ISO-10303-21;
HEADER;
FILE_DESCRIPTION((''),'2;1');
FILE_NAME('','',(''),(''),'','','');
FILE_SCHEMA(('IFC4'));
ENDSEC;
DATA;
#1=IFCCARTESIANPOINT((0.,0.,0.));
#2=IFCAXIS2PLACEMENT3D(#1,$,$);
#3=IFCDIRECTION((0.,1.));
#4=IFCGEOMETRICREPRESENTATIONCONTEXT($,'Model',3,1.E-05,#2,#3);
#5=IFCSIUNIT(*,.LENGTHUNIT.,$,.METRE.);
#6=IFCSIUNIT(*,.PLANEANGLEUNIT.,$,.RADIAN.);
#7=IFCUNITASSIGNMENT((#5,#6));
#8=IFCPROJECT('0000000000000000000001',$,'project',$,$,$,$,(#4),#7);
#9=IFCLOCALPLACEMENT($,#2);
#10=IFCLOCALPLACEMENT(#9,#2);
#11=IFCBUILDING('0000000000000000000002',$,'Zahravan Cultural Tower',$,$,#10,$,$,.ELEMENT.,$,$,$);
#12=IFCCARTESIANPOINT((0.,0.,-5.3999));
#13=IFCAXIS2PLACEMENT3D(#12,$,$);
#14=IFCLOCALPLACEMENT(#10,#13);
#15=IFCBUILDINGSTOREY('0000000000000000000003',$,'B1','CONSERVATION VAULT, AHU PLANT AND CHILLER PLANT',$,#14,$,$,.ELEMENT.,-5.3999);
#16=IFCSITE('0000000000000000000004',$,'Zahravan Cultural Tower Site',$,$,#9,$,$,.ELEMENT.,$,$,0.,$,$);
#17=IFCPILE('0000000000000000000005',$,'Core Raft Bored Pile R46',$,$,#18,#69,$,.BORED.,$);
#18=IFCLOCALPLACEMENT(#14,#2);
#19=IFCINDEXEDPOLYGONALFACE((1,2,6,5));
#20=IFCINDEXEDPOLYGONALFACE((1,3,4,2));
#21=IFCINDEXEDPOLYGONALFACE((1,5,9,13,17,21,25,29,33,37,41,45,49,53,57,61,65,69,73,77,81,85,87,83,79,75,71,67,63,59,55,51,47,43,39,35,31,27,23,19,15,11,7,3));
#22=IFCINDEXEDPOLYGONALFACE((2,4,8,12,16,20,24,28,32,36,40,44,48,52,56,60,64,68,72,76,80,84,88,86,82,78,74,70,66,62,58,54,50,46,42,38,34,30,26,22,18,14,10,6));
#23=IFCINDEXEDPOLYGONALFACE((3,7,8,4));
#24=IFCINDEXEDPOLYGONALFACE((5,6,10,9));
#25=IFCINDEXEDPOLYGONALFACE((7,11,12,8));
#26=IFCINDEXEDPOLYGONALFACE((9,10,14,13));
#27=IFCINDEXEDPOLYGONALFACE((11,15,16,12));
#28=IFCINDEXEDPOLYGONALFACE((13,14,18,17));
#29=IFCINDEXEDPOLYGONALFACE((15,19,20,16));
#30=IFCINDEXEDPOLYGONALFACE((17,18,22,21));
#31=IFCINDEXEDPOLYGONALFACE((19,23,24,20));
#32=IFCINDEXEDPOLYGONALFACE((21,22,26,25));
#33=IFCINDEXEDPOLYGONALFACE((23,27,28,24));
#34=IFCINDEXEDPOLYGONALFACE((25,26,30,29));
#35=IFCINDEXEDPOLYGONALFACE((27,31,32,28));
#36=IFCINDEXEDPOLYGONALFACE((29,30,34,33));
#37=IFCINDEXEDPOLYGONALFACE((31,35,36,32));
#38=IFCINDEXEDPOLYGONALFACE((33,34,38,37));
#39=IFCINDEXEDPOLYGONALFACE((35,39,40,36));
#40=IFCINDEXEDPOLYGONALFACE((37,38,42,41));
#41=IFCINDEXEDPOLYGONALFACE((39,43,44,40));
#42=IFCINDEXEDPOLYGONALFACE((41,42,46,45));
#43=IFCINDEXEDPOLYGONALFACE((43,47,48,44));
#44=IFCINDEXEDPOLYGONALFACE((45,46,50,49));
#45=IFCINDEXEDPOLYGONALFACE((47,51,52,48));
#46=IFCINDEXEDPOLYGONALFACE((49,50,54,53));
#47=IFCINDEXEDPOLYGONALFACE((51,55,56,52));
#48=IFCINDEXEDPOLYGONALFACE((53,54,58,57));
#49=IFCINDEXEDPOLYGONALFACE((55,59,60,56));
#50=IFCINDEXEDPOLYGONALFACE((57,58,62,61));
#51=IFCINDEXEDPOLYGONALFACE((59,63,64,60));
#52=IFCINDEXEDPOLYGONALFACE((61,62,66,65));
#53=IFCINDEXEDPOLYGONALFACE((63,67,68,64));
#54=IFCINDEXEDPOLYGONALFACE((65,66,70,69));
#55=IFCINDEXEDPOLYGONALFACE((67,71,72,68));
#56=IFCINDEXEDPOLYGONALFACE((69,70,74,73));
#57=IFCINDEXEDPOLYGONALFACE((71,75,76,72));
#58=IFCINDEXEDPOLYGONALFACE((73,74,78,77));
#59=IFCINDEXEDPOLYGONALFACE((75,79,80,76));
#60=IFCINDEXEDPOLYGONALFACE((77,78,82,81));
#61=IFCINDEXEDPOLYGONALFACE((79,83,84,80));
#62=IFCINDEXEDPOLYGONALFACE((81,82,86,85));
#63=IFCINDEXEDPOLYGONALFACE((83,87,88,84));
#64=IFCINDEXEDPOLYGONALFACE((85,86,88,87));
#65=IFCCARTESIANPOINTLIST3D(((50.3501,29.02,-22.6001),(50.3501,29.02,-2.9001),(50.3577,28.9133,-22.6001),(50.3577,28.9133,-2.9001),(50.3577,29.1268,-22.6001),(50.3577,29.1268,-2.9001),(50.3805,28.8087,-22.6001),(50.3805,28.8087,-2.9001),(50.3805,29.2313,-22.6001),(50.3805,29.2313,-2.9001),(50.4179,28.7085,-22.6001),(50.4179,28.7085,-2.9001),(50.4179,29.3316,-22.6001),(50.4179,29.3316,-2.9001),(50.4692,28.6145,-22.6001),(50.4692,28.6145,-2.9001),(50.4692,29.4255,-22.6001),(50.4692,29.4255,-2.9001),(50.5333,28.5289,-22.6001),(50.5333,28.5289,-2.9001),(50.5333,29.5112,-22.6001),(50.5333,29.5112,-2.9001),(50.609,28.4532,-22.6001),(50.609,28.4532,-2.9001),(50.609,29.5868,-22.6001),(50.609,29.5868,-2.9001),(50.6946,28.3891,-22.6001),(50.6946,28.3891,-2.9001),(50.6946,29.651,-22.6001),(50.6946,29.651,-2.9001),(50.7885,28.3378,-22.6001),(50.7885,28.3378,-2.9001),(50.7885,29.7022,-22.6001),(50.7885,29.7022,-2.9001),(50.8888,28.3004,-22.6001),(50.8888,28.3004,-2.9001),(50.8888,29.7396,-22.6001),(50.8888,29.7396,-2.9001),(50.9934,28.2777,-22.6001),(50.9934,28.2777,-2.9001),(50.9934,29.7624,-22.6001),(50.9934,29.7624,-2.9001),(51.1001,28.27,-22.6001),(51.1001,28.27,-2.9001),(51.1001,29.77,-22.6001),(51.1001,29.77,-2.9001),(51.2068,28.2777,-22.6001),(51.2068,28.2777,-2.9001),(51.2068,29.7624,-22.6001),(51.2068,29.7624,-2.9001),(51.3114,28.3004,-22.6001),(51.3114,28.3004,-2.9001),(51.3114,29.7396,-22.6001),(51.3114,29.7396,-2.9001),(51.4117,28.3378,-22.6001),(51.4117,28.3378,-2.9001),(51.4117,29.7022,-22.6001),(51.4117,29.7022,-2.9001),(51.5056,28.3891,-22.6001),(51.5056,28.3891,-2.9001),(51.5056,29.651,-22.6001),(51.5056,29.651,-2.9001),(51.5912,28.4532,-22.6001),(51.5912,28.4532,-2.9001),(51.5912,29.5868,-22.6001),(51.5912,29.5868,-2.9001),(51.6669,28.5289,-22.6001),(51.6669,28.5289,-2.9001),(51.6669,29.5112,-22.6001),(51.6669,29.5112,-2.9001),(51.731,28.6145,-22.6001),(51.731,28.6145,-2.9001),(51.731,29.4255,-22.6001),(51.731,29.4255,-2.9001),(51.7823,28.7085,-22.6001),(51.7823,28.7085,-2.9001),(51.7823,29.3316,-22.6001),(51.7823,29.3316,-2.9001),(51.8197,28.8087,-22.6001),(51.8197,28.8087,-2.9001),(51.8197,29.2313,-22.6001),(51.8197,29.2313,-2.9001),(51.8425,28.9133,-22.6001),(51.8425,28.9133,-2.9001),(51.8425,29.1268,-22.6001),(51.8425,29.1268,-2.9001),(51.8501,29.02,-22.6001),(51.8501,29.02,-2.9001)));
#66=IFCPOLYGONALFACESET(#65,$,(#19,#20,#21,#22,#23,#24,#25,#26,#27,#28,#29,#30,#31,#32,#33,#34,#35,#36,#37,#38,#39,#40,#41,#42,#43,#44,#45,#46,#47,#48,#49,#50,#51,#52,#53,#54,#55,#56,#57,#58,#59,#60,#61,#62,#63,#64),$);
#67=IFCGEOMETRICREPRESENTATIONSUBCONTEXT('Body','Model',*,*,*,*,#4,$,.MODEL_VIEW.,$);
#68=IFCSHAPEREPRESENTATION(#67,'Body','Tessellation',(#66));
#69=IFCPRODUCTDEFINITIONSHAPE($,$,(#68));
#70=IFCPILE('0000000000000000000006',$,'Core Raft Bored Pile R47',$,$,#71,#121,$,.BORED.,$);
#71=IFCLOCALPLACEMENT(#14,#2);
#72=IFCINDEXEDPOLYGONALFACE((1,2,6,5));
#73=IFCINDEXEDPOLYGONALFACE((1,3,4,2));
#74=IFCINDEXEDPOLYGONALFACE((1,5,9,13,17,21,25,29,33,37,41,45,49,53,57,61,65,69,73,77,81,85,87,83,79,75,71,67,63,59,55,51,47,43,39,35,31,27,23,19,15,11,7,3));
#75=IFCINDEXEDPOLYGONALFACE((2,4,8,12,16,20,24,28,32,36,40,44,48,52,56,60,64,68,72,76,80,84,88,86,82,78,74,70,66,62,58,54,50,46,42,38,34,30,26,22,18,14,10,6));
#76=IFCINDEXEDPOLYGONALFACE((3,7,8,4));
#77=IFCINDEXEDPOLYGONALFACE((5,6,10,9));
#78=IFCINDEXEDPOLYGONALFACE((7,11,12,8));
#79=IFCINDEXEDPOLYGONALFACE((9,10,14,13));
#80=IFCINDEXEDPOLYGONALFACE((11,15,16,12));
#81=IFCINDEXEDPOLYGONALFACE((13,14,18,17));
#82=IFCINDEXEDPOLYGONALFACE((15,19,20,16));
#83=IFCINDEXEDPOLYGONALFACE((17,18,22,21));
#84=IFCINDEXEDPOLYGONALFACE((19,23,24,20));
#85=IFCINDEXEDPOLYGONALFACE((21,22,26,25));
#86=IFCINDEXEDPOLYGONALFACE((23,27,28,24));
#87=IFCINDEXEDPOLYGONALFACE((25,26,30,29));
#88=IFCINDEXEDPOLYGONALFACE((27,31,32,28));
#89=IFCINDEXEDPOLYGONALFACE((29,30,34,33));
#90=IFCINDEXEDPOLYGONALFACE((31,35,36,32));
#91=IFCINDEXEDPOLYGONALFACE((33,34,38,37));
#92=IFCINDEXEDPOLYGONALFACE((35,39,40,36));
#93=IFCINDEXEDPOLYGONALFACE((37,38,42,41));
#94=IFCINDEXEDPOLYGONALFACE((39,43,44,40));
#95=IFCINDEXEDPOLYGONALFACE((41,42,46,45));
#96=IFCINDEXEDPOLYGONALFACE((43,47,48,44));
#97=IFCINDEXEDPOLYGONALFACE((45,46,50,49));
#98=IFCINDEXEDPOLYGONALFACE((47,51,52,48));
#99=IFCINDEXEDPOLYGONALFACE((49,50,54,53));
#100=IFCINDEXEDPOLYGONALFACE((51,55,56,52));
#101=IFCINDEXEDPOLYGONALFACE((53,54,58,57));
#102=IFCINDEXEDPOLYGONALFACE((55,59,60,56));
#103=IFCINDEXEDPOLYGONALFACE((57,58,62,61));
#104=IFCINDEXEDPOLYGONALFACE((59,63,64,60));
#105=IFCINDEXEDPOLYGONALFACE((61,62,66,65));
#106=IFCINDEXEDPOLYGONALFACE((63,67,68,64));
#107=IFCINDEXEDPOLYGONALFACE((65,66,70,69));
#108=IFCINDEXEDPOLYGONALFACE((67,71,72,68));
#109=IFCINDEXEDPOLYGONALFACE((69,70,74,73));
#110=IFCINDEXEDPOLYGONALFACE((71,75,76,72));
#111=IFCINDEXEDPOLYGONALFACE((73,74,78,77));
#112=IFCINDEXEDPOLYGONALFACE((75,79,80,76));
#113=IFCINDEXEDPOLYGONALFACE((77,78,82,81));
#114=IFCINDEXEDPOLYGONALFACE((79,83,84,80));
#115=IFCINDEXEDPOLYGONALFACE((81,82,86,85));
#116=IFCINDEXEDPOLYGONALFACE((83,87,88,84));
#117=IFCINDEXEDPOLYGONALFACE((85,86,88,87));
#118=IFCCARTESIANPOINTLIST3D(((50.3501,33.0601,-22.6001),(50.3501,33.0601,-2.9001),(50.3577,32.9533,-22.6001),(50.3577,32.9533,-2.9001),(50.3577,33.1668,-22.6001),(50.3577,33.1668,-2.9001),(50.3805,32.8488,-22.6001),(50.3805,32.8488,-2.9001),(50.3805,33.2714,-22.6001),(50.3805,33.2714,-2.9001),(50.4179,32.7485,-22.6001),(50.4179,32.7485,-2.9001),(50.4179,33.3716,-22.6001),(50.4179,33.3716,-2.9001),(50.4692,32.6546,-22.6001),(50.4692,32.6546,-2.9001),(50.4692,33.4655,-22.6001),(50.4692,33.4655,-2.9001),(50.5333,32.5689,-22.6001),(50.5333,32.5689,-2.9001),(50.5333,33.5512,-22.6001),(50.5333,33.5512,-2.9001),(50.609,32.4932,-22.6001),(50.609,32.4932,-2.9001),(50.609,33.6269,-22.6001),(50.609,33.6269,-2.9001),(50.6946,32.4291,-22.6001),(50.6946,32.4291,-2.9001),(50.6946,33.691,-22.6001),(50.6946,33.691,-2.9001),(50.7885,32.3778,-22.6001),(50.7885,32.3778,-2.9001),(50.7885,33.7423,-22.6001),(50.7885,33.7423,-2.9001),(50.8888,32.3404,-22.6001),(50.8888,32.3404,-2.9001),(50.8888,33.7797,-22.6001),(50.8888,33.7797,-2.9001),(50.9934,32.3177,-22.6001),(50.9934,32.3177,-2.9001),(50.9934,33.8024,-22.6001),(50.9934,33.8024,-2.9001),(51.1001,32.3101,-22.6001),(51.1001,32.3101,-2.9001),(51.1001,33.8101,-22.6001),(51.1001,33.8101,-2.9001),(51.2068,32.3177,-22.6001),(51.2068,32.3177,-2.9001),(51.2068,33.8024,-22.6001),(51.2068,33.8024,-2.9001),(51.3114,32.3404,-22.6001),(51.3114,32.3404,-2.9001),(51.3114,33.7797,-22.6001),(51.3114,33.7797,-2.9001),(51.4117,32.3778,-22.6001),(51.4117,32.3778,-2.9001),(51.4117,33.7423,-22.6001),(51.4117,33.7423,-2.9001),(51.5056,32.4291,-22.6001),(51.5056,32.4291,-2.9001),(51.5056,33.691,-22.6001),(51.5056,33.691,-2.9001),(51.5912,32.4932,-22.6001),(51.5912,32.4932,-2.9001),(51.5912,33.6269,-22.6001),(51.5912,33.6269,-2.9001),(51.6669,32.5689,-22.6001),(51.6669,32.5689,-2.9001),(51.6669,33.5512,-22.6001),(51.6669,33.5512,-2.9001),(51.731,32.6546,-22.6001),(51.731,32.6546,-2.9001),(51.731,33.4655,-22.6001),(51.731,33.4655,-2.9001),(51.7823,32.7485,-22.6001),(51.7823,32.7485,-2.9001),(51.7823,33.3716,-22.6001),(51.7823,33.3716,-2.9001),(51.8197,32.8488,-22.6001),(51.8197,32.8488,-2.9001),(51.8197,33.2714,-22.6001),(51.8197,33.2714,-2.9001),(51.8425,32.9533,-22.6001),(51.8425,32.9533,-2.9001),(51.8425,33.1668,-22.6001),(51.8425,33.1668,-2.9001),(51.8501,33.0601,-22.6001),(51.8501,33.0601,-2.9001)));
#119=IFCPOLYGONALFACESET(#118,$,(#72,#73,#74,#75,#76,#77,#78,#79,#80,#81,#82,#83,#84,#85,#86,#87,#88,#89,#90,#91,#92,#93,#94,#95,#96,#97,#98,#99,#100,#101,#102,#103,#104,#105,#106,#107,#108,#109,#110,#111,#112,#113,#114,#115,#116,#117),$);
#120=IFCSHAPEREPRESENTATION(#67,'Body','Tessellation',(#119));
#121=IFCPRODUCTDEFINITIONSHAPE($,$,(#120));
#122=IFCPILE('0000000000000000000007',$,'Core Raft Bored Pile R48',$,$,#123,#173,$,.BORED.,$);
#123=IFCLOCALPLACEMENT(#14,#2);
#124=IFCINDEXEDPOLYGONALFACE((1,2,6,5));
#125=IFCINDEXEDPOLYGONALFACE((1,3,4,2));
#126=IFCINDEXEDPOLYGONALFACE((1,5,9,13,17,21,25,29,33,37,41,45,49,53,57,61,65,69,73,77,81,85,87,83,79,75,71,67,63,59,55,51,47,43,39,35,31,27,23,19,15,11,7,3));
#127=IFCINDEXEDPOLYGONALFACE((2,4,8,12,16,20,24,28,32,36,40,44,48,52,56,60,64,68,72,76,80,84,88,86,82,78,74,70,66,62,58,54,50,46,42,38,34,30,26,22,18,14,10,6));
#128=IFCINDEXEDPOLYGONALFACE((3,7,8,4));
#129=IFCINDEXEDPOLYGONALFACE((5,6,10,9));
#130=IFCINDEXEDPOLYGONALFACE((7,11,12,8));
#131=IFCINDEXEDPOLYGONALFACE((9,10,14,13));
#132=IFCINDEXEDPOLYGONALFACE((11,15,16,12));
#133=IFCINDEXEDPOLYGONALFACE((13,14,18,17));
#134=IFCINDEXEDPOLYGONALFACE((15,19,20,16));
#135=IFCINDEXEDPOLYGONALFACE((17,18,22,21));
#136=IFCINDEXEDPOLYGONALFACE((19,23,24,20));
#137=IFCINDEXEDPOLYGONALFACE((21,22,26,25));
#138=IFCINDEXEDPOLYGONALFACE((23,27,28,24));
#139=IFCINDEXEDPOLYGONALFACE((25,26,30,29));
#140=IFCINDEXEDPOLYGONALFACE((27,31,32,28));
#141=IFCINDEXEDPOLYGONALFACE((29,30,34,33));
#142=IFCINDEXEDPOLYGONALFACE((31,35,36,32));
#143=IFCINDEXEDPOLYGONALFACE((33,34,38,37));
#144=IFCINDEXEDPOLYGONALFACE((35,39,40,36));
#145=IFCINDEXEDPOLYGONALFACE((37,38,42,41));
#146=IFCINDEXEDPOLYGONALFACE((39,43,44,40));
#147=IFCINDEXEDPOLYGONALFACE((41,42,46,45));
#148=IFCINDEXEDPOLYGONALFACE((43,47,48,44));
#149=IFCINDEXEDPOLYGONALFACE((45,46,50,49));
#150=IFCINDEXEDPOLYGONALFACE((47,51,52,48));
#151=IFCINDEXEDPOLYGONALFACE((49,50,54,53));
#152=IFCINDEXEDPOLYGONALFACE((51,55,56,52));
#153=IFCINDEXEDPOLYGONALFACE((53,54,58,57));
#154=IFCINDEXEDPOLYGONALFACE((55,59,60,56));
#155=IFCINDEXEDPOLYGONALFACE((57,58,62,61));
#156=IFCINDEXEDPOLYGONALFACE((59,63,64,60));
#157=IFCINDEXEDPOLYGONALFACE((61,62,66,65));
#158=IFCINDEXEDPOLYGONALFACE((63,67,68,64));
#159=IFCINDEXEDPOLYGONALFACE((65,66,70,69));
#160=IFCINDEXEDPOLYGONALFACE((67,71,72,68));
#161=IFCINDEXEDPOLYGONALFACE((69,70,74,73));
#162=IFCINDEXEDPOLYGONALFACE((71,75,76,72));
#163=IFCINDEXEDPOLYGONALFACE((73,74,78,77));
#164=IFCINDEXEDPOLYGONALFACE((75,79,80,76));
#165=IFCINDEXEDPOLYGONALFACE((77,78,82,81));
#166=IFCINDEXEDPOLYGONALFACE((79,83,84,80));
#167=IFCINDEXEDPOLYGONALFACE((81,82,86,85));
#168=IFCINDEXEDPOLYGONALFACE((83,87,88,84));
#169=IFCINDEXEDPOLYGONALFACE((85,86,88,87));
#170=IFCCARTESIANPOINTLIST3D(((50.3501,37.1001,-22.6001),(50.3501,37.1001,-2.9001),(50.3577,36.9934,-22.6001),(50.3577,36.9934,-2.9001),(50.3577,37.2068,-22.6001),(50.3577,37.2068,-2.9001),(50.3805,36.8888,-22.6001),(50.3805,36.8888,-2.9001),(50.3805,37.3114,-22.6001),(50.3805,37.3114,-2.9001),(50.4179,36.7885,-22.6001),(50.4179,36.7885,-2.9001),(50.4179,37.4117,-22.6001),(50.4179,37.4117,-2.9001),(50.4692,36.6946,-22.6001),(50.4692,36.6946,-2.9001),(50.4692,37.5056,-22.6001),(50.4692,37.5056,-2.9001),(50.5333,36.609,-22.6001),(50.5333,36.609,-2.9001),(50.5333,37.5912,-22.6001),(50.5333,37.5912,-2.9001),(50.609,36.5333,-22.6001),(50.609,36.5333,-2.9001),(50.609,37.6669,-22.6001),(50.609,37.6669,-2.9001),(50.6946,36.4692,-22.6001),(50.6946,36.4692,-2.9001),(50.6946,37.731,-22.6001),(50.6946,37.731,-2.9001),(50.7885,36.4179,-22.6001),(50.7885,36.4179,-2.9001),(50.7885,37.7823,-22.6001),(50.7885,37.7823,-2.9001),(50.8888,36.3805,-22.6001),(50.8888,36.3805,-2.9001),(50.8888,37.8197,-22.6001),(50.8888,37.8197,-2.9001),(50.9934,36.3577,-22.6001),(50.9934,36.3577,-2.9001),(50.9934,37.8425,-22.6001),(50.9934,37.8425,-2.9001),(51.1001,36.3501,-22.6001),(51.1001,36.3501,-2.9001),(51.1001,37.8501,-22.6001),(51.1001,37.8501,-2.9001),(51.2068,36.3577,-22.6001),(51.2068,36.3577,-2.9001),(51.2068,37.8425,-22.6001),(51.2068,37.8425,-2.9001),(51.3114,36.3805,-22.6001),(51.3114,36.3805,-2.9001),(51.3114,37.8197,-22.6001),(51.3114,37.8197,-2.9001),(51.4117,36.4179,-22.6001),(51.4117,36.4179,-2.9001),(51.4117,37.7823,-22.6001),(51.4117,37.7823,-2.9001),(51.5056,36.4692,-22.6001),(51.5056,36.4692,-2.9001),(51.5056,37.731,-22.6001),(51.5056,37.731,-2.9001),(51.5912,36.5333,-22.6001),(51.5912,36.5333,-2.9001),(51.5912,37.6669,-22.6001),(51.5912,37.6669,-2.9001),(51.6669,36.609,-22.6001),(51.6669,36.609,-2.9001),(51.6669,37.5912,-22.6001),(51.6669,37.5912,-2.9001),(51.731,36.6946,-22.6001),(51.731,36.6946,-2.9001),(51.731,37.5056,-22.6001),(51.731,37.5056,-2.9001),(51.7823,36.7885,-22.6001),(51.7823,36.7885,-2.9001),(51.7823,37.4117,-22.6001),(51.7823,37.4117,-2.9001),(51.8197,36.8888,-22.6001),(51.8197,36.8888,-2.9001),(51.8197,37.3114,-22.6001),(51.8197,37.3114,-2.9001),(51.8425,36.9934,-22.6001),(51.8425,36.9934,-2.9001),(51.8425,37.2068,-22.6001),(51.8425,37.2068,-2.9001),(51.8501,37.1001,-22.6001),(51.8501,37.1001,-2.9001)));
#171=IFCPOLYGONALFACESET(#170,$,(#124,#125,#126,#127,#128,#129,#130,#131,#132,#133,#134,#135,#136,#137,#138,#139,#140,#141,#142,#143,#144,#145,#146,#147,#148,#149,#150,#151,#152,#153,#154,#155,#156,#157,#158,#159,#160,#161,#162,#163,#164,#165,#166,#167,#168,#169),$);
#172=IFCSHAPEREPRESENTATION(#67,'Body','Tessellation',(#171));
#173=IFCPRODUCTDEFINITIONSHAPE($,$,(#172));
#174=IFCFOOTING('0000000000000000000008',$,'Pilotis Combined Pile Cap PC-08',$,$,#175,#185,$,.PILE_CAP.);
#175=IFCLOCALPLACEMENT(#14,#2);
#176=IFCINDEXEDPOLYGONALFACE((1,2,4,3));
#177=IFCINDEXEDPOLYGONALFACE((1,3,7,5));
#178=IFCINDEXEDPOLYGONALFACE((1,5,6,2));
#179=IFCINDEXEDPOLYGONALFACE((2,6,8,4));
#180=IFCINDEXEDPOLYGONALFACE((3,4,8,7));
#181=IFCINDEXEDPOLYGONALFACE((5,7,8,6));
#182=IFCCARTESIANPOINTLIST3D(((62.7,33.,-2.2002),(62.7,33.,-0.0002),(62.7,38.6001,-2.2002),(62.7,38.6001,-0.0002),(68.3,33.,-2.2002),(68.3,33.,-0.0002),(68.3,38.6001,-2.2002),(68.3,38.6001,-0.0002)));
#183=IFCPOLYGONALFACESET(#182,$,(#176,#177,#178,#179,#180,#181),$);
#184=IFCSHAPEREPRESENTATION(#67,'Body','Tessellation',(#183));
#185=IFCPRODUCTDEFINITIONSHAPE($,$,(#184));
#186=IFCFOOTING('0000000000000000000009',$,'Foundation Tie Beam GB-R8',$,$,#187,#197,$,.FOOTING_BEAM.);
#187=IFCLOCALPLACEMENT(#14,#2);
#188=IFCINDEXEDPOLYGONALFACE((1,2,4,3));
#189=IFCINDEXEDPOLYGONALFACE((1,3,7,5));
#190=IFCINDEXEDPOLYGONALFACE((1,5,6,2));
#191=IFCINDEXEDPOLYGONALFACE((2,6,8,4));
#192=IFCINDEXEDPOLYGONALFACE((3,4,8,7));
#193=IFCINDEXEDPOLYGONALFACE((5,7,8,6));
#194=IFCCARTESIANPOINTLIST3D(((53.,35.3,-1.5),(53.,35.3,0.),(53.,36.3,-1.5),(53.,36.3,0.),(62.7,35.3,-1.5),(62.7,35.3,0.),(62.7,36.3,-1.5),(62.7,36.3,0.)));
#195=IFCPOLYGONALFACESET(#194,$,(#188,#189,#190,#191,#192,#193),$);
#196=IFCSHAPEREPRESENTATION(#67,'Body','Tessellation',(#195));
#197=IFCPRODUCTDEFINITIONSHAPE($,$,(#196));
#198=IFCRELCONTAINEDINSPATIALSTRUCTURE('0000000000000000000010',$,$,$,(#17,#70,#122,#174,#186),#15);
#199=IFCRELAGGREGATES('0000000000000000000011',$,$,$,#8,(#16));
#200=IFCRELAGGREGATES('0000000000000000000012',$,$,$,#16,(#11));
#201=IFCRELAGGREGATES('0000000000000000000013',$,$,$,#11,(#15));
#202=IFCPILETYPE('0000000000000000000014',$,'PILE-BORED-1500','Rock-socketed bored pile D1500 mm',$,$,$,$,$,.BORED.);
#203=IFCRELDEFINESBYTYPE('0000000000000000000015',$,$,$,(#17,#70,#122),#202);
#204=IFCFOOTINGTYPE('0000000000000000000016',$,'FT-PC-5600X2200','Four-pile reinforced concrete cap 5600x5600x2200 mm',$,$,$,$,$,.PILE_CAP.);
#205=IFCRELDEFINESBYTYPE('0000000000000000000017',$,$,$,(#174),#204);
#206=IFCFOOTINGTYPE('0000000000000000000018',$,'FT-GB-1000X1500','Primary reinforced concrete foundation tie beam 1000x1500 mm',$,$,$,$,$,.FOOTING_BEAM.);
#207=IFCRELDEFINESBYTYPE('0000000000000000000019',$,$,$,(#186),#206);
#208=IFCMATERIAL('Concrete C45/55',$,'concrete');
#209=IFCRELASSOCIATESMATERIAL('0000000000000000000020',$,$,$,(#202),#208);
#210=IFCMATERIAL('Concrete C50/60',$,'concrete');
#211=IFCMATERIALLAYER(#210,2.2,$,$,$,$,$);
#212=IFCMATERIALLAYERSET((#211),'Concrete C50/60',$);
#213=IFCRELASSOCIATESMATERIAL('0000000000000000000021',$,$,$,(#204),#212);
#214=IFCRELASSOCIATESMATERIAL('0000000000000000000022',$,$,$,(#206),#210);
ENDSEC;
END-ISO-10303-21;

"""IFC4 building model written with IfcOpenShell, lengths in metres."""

from ifc_helpers import new_model, si_unit, direction, frame, origin, origin_2d, place, context, subcontext, project, spatial, rectangle, circle, extrude, source, transform, mapped, material, layer, layer_set, material_profile, profile_set, type_object, element, save


model = new_model("IFC4")

# Units and contexts
model_context = context("Model", 3, precision=1e-05, world=origin(), true_north=direction((0.0, 1.0)))
body_context = subcontext(model_context, "Body", "Model", "MODEL_VIEW")
ifc_project = project(units=[si_unit("LENGTHUNIT", "METRE"), si_unit("PLANEANGLEUNIT", "RADIAN")], contexts=[model_context])

# Site, building, storey
site_placement = place(None, origin())
site = spatial("IfcSite", under=ifc_project, at=site_placement, Name="Zahravan Cultural Tower Site", CompositionType="ELEMENT", RefElevation=0.0)
building_placement = place(site_placement, origin())
building = spatial("IfcBuilding", under=site, at=building_placement, Name="Zahravan Cultural Tower", CompositionType="ELEMENT")
storey_placement = place(building_placement, frame((0.0, 0.0, -5.3999)))
storey = spatial("IfcBuildingStorey", under=building, at=storey_placement, Name="B1", Description="CONSERVATION VAULT, AHU PLANT AND CHILLER PLANT", CompositionType="ELEMENT", Elevation=-5.3999)

# Piles
ifc_material_1 = material(Name="Concrete C45/55", Category="concrete")
ifc_material_profile_1 = material_profile(ifc_material_1, circle(Radius=0.75, at=origin_2d()), Name="PILE-D1500")
ifc_profile_set_1 = profile_set([ifc_material_profile_1], Name="Concrete C45/55")
pile_type_1 = type_object("IfcPileType", Name="PILE-BORED-1500", Description="Rock-socketed bored pile D1500 mm", PredefinedType="BORED", material=ifc_profile_set_1)
for number, where, z_axis, x_axis, name in (
    (1, (51.1001, 29.02, -2.9001), (0.0, 0.0, -1.0), (1.0, 0.0, 0.0), "Core Raft Bored Pile R46"),
    (2, (51.1001, 33.0601, -2.9001), (0.0, 0.0, -1.0), (1.0, 0.0, 0.0), "Core Raft Bored Pile R47"),
    (3, (51.1001, 37.1001, -2.9001), (0.0, 0.0, -1.0), (1.0, 0.0, 0.0), "Core Raft Bored Pile R48"),
):
    element("IfcPile", number, at=place(storey_placement, frame(where, z_axis=z_axis, x_axis=x_axis)), inside=storey, type_object=pile_type_1, Name=name, PredefinedType="BORED", context=body_context, shape_type="SweptSolid", body=[
        extrude(circle(Radius=0.75, at=origin_2d()), origin(), (0.0, 0.0, 1.0), 19.7),
    ])

# Footings
ifc_material_2 = material(Name="Concrete C50/60", Category="concrete")
ifc_layer_1 = layer(ifc_material_2, 2.2)
ifc_layer_set_1 = layer_set([ifc_layer_1], Name="Concrete C50/60")
footing_type_1 = type_object("IfcFootingType", Name="FT-PC-5600X2200", Description="Four-pile reinforced concrete cap 5600x5600x2200 mm", PredefinedType="PILE_CAP", material=ifc_layer_set_1)
shared_shape_1 = source(origin(), body_context, "Body", "SweptSolid", [
    extrude(rectangle(XDim=5.6001, YDim=5.6001, at=origin_2d()), origin(), (0.0, 0.0, 1.0), 2.2),
])
footing_1_placement = place(storey_placement, frame((65.5, 35.8, -2.2002), z_axis=(0.0, 0.0, 1.0), x_axis=(1.0, 0.0, 0.0)))
element("IfcFooting", 4, at=footing_1_placement, inside=storey, type_object=footing_type_1, Name="Pilotis Combined Pile Cap PC-08", PredefinedType="PILE_CAP", context=body_context, shape_type="MappedRepresentation", body=[
    mapped(shared_shape_1, transform((0.0, 0.0, 0.0), x_axis=(1.0, 0.0, 0.0), y_axis=(0.0, 1.0, 0.0), z_axis=(0.0, 0.0, 1.0), scale=1.0)),
])
ifc_material_profile_2 = material_profile(ifc_material_2, rectangle(XDim=1.0, YDim=1.5, at=origin_2d()), Name="RC1000X1500")
ifc_profile_set_2 = profile_set([ifc_material_profile_2], Name="Concrete C50/60")
footing_type_2 = type_object("IfcFootingType", Name="FT-GB-1000X1500", Description="Primary reinforced concrete foundation tie beam 1000x1500 mm", PredefinedType="FOOTING_BEAM", material=ifc_profile_set_2)
shared_shape_2 = source(origin(), body_context, "Body", "SweptSolid", [
    extrude(rectangle(XDim=1.0, YDim=1.5, at=origin_2d()), origin(), (0.0, 0.0, 1.0), 9.7),
])
footing_2_placement = place(storey_placement, frame((53.0, 35.8, -0.75), z_axis=(1.0, 0.0, 0.0), x_axis=(0.0, 1.0, 0.0)))
element("IfcFooting", 5, at=footing_2_placement, inside=storey, type_object=footing_type_2, Name="Foundation Tie Beam GB-R8", PredefinedType="FOOTING_BEAM", context=body_context, shape_type="MappedRepresentation", body=[
    mapped(shared_shape_2, transform((0.0, 0.0, 0.0), x_axis=(1.0, 0.0, 0.0), y_axis=(0.0, 1.0, 0.0), z_axis=(0.0, 0.0, 1.0), scale=1.0)),
])

save(model, "model.ifc")
